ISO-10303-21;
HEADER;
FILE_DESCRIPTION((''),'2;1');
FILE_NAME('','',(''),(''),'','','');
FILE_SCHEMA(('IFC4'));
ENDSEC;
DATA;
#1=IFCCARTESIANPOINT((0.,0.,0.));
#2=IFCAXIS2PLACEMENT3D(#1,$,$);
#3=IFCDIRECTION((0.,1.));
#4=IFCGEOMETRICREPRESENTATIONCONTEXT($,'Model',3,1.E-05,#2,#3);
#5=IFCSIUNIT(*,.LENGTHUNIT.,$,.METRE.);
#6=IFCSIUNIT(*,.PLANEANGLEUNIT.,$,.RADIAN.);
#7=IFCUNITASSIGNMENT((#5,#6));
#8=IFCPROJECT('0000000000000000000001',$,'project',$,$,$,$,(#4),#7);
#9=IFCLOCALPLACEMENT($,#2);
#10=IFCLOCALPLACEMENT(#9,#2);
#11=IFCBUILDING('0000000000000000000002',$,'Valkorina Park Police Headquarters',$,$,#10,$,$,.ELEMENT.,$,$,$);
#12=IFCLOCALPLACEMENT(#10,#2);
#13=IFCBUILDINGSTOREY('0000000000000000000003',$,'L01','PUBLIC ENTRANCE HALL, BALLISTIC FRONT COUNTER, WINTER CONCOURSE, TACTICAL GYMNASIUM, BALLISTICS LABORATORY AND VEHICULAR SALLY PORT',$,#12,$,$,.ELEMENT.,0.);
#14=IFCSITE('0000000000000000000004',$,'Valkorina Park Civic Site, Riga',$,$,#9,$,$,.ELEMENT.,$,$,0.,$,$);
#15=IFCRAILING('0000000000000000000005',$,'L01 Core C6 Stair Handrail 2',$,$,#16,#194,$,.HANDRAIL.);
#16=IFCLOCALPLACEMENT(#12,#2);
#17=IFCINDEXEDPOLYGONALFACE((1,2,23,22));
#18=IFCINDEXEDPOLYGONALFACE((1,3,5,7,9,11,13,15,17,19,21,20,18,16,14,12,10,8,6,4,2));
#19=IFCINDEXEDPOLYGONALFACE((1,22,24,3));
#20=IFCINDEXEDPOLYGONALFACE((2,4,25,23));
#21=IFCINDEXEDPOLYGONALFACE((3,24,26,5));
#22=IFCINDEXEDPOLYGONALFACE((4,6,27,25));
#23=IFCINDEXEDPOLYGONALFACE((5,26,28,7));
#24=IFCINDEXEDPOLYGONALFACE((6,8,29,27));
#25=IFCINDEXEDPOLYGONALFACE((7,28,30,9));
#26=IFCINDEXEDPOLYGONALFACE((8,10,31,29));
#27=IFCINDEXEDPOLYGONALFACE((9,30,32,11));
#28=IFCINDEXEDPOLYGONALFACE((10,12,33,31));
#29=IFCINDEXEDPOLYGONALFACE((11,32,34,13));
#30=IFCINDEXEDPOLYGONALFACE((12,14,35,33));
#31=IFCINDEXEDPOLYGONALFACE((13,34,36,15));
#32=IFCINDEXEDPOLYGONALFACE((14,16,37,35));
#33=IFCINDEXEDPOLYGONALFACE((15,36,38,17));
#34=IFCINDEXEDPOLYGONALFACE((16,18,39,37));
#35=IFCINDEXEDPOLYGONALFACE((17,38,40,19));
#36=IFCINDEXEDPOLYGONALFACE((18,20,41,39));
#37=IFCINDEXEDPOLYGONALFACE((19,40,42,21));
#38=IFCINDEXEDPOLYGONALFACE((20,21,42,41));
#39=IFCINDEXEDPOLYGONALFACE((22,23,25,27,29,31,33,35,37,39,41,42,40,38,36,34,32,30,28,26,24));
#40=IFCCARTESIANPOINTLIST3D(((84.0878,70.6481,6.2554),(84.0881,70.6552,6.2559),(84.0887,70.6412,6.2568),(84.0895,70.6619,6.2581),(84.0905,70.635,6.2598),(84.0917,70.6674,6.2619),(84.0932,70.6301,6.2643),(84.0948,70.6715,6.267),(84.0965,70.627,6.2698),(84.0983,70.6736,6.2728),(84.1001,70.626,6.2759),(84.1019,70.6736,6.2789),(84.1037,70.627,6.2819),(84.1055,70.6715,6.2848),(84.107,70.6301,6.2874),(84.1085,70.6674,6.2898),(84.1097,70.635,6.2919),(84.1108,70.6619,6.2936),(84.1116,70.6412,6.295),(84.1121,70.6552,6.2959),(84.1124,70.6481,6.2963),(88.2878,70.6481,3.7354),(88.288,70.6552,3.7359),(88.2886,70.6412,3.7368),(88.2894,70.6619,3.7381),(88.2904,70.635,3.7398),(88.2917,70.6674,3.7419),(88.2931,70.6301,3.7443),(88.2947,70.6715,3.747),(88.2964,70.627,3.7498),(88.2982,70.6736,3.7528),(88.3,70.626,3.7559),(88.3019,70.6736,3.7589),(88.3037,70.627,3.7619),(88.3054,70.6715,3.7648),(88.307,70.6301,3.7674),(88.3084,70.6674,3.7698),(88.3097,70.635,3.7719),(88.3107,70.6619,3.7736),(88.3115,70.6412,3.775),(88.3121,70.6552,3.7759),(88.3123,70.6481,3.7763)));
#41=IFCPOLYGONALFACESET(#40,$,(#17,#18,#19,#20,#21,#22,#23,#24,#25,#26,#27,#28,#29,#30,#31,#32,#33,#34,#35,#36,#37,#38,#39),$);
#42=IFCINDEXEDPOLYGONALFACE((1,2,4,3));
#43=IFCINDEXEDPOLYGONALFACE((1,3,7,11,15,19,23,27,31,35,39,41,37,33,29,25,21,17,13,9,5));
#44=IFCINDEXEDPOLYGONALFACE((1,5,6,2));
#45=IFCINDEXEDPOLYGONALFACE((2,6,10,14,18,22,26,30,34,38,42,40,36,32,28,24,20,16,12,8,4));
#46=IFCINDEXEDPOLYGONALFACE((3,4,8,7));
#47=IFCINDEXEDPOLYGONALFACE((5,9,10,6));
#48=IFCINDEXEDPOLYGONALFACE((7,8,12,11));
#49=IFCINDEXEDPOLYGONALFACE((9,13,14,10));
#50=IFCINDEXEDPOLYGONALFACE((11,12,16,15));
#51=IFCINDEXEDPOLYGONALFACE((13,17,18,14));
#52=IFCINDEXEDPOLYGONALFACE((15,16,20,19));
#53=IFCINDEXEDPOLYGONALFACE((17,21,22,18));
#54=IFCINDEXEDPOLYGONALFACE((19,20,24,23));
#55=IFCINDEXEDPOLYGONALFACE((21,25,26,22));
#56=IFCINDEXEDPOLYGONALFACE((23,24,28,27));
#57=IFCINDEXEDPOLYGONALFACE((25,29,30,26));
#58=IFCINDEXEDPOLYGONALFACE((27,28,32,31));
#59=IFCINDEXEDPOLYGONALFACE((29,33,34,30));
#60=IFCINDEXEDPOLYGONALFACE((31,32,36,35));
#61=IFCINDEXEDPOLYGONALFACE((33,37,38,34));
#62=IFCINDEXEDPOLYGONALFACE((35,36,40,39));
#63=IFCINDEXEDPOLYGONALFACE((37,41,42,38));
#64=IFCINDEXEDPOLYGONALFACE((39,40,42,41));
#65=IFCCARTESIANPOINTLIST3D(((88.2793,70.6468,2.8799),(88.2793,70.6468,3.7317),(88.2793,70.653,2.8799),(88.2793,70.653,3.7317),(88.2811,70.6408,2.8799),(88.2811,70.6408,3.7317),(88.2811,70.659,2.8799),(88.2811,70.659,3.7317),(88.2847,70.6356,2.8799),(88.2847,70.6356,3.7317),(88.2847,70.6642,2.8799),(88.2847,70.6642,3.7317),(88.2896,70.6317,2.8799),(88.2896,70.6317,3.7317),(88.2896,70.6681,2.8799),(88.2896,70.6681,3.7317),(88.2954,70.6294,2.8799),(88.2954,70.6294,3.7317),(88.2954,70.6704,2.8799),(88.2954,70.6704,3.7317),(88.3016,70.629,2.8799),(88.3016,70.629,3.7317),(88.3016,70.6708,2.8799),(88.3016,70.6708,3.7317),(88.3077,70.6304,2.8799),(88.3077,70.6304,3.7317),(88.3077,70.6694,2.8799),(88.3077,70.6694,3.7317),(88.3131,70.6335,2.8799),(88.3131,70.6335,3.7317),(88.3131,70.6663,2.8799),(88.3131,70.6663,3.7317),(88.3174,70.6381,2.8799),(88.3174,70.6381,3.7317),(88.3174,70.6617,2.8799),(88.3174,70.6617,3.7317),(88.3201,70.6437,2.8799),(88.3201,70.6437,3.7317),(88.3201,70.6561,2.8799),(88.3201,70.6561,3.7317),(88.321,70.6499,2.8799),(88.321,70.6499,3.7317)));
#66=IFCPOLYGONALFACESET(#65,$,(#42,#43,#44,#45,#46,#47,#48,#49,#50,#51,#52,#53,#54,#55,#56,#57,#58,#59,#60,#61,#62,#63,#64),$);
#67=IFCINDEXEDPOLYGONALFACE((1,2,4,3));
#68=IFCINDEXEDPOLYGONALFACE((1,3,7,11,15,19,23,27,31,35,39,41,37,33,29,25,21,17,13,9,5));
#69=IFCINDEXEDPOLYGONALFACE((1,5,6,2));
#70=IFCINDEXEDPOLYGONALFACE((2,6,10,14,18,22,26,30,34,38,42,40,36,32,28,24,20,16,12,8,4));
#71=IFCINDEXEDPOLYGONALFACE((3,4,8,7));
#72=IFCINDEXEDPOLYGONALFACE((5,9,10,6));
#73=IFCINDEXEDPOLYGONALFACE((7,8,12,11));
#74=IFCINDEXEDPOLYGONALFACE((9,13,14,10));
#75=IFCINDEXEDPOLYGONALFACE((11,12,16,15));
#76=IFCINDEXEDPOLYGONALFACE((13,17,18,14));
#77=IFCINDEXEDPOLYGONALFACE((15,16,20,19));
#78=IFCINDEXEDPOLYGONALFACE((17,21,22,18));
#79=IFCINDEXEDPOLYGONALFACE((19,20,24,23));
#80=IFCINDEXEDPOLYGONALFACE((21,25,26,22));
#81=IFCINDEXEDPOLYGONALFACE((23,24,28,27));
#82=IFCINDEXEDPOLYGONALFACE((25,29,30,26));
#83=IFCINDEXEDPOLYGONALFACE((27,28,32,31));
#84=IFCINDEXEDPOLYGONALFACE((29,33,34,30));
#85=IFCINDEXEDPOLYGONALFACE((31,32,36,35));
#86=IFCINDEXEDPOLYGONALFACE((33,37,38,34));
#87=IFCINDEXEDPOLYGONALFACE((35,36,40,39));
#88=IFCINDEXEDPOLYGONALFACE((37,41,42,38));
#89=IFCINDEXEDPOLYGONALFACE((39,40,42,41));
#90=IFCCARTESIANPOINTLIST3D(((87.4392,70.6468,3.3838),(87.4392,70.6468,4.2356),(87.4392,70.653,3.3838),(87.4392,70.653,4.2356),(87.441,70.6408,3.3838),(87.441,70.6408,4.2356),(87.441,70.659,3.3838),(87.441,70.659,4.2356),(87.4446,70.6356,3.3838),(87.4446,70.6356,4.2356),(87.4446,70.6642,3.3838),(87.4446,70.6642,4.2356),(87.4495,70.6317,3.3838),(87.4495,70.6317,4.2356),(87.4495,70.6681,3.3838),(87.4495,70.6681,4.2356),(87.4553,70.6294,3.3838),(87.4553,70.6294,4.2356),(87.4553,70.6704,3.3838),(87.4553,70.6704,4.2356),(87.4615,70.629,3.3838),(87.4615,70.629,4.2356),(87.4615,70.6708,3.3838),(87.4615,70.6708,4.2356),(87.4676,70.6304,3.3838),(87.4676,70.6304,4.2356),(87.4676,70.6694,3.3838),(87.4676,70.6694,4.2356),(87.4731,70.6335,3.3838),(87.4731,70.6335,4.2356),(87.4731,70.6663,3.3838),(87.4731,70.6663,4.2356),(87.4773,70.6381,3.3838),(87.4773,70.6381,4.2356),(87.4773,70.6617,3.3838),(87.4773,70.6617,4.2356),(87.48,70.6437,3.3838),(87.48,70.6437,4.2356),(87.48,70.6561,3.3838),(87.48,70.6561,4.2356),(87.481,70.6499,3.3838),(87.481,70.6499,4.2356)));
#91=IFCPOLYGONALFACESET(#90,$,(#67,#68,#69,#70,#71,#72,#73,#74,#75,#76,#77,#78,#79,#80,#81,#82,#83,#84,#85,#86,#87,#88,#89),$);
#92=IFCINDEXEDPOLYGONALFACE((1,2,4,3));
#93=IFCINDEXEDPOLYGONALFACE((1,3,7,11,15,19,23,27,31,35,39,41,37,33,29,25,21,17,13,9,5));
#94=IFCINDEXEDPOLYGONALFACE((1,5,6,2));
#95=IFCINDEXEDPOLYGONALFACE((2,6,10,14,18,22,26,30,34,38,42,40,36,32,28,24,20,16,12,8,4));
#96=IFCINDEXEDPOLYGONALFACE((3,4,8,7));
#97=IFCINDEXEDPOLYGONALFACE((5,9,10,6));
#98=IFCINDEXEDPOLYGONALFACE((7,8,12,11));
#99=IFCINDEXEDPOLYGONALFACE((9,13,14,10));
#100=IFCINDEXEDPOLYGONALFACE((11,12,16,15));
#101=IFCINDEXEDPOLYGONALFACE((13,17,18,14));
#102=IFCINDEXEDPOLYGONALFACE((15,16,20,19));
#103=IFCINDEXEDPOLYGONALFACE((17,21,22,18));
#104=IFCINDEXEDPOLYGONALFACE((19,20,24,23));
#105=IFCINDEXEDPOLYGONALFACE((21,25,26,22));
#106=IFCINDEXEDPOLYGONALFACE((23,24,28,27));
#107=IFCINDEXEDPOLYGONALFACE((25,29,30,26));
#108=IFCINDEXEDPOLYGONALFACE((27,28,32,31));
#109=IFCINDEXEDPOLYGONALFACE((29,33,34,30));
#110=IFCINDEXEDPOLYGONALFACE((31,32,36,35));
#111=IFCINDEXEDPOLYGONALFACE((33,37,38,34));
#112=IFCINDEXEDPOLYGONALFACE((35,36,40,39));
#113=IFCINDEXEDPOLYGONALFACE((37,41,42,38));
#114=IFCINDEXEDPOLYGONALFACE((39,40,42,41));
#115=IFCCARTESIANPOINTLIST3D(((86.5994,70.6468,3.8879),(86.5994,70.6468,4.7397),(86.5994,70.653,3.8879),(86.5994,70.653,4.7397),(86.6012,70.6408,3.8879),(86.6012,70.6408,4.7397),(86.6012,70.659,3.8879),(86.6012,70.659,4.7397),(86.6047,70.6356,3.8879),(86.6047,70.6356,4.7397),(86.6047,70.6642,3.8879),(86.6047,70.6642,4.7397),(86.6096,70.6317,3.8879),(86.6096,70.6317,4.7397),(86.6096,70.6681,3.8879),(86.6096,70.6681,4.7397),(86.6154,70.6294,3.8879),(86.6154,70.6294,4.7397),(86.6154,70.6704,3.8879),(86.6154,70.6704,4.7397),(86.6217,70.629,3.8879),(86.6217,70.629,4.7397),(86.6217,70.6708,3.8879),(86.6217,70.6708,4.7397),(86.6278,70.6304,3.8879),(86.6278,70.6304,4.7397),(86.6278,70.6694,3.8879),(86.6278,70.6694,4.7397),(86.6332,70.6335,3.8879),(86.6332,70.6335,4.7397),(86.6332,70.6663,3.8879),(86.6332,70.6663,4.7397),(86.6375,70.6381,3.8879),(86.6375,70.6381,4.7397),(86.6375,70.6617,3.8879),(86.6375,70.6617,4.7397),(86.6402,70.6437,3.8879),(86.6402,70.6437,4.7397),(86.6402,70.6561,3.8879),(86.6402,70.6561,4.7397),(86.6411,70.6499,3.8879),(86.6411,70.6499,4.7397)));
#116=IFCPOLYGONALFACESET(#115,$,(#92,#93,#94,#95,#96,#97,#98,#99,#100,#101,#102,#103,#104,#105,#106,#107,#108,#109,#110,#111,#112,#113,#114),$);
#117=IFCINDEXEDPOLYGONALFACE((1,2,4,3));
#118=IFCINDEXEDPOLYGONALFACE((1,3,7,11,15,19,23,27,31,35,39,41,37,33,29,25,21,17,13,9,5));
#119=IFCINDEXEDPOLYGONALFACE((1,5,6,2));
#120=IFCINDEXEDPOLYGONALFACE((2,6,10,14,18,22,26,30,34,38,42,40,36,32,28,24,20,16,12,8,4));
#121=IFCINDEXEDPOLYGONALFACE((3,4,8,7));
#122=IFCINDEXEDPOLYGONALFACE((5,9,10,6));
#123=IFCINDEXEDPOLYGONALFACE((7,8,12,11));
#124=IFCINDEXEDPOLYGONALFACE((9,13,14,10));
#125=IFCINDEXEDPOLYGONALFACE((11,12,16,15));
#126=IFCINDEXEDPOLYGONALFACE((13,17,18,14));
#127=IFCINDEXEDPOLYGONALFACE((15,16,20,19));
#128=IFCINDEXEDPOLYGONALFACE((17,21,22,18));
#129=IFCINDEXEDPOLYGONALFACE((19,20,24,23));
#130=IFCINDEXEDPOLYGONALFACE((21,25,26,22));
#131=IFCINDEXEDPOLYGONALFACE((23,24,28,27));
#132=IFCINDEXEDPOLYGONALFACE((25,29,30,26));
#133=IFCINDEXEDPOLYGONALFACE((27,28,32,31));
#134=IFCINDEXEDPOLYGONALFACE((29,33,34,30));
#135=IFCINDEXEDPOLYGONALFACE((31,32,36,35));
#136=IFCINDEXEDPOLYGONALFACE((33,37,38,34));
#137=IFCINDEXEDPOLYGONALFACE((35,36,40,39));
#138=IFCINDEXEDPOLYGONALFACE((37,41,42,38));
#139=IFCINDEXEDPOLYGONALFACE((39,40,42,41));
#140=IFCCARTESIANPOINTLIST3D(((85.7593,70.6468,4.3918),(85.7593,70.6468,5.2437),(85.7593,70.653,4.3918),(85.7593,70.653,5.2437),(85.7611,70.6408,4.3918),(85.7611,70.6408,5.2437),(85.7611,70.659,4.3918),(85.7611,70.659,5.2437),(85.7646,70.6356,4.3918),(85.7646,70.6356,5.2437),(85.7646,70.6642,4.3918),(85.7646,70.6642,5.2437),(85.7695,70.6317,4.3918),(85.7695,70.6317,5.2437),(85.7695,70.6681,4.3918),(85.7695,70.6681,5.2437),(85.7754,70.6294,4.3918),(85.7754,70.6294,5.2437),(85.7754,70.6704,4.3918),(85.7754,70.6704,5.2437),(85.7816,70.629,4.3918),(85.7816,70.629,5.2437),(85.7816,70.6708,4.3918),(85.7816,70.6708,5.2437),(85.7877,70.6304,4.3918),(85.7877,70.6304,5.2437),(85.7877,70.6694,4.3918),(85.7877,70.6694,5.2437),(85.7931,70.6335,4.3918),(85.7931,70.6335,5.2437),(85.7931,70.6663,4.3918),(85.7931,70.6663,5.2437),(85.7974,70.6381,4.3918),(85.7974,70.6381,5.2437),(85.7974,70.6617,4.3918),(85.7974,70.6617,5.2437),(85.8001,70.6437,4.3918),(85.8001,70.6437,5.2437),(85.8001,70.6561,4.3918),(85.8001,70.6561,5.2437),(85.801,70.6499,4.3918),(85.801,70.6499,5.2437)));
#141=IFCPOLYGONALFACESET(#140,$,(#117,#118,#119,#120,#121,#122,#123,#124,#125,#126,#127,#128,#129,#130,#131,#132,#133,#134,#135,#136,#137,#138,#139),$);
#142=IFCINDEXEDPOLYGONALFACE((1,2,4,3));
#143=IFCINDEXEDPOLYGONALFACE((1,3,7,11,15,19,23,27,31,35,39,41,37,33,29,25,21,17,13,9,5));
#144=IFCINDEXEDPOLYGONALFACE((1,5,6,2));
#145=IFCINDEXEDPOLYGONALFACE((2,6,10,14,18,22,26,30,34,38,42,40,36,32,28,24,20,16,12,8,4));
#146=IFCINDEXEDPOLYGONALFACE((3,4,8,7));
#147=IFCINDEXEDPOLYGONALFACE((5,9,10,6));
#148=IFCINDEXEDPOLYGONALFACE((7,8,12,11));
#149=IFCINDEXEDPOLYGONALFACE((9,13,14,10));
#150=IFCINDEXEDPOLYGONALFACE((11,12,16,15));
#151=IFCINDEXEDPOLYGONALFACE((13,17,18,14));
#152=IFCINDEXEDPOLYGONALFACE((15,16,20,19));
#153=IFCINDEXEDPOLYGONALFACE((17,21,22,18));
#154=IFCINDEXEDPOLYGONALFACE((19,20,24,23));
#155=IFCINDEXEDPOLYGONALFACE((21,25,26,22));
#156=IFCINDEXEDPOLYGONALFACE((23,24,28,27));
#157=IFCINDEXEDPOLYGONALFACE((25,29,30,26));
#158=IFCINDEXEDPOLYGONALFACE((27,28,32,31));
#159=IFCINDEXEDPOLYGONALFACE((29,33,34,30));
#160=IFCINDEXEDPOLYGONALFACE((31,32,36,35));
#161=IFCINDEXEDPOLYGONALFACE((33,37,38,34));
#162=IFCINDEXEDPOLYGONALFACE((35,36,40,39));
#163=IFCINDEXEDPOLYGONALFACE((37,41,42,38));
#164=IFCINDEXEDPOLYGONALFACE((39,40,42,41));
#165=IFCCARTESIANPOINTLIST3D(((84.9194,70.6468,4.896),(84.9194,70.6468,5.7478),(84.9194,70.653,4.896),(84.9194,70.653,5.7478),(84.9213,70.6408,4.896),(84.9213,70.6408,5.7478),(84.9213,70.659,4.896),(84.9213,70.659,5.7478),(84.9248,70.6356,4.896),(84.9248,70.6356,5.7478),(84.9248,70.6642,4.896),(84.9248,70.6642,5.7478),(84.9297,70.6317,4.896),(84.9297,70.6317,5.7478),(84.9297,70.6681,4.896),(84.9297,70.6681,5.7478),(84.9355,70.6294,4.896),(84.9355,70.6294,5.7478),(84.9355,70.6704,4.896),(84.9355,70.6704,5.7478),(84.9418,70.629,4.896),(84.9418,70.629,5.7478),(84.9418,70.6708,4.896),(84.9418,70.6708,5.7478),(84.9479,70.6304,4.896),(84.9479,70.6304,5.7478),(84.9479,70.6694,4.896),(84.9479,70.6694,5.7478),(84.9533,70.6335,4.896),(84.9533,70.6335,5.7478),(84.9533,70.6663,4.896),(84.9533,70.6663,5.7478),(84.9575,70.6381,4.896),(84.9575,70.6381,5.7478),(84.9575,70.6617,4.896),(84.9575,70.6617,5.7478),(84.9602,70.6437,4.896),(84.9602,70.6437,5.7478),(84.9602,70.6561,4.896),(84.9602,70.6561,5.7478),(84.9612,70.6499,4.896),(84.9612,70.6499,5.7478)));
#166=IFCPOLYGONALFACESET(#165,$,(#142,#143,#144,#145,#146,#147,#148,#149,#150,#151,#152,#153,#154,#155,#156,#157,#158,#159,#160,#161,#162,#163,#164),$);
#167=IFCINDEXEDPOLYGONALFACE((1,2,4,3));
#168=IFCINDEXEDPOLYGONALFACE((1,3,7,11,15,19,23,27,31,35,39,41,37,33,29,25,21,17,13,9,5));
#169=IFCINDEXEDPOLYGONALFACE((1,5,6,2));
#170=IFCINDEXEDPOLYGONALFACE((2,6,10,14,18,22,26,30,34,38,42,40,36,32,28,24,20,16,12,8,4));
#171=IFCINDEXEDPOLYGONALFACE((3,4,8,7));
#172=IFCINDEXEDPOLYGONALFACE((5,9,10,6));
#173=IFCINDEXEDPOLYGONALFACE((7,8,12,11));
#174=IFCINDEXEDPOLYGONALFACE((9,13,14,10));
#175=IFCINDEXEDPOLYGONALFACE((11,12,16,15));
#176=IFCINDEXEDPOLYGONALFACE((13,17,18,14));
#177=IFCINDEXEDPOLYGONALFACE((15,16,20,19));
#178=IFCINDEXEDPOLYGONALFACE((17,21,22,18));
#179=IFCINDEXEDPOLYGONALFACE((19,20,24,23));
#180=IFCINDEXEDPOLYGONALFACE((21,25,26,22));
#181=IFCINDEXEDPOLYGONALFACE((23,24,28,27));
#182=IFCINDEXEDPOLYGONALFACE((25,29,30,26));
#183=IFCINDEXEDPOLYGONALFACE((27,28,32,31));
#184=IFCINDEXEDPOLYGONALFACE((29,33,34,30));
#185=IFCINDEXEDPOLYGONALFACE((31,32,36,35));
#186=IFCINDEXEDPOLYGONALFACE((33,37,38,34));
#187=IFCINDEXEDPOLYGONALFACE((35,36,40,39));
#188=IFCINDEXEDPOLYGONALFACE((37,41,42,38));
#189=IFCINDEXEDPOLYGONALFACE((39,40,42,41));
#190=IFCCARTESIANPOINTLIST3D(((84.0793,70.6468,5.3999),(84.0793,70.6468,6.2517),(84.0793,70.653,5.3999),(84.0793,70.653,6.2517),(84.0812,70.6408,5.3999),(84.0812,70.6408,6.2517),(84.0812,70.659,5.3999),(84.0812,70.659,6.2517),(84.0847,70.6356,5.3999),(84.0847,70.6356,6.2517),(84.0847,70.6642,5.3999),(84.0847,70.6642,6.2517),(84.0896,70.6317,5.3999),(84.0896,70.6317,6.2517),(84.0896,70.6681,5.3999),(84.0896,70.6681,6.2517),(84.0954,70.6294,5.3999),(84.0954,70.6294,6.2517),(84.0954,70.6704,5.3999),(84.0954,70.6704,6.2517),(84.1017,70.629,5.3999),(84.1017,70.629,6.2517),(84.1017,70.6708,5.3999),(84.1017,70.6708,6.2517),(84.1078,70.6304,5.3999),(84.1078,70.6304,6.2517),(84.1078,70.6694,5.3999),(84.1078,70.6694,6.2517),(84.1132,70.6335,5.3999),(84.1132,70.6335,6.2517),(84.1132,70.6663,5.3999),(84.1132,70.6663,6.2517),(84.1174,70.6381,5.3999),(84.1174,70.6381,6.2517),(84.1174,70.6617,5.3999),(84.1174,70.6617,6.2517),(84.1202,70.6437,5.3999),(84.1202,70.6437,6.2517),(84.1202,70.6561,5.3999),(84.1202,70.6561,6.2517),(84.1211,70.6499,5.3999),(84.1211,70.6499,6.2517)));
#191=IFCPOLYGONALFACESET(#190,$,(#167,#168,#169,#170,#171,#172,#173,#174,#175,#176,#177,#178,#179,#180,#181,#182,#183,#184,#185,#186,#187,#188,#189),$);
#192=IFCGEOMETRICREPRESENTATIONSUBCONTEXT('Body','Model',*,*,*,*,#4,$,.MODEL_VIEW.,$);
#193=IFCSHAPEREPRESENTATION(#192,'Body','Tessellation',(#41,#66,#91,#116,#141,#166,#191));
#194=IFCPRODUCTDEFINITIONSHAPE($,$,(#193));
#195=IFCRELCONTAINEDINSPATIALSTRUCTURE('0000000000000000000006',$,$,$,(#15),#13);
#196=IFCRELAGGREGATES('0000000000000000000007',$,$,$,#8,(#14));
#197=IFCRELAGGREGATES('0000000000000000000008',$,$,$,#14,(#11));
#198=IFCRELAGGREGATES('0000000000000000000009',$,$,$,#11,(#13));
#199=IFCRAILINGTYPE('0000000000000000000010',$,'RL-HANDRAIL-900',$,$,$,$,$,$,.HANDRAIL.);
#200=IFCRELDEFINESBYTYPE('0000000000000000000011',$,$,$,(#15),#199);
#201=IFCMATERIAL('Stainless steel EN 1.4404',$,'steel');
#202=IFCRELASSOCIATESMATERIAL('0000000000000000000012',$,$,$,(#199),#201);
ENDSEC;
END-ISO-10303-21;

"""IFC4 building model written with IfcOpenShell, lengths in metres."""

from ifc_helpers import new_model, si_unit, direction, frame, origin, origin_2d, place, context, subcontext, project, spatial, circle, extrude, material, type_object, element, save


model = new_model("IFC4")

# Units and contexts
model_context = context("Model", 3, precision=1e-05, world=origin(), true_north=direction((0.0, 1.0)))
body_context = subcontext(model_context, "Body", "Model", "MODEL_VIEW")
ifc_project = project(units=[si_unit("LENGTHUNIT", "METRE"), si_unit("PLANEANGLEUNIT", "RADIAN")], contexts=[model_context])

# Site, building, storey
site_placement = place(None, origin())
site = spatial("IfcSite", under=ifc_project, at=site_placement, Name="Valkorina Park Civic Site, Riga", CompositionType="ELEMENT", RefElevation=0.0)
building_placement = place(site_placement, origin())
building = spatial("IfcBuilding", under=site, at=building_placement, Name="Valkorina Park Police Headquarters", CompositionType="ELEMENT")
storey_placement = place(building_placement, origin())
storey = spatial("IfcBuildingStorey", under=building, at=storey_placement, Name="L01", Description="PUBLIC ENTRANCE HALL, BALLISTIC FRONT COUNTER, WINTER CONCOURSE, TACTICAL GYMNASIUM, BALLISTICS LABORATORY AND VEHICULAR SALLY PORT", CompositionType="ELEMENT", Elevation=0.0)

# Shared definitions
ifc_material_1 = material(Name="Stainless steel EN 1.4404", Category="steel")

# Railing
railing_type_1 = type_object("IfcRailingType", Name="RL-HANDRAIL-900", PredefinedType="HANDRAIL", material=ifc_material_1)
railing_1_placement = place(storey_placement, frame((88.3, 70.6499, 2.8799)))
element("IfcRailing", 1, at=railing_1_placement, inside=storey, type_object=railing_type_1, Name="L01 Core C6 Stair Handrail 2", PredefinedType="HANDRAIL", context=body_context, shape_type="SweptSolid", body=[
    extrude(circle(Radius=0.0239, at=origin_2d()), frame((0.0, 0.0, 0.876), z_axis=(-0.857489, 0.0, 0.514503), x_axis=(0.0, -1.0, 0.0)), (0.0, 0.0, 1.0), 4.8979),
    extrude(circle(Radius=0.021, at=origin_2d()), origin(), (0.0, 0.0, 1.0), 0.8518),
    extrude(circle(Radius=0.021, at=origin_2d()), frame((-0.8401, 0.0, 0.5039)), (0.0, 0.0, 1.0), 0.8518),
    extrude(circle(Radius=0.021, at=origin_2d()), frame((-1.6799, 0.0, 1.0081)), (0.0, 0.0, 1.0), 0.8518),
    extrude(circle(Radius=0.021, at=origin_2d()), frame((-2.52, 0.0, 1.512)), (0.0, 0.0, 1.0), 0.8518),
    extrude(circle(Radius=0.021, at=origin_2d()), frame((-3.3599, 0.0, 2.0161)), (0.0, 0.0, 1.0), 0.8518),
    extrude(circle(Radius=0.021, at=origin_2d()), frame((-4.2, 0.0, 2.52)), (0.0, 0.0, 1.0), 0.8518),
])

save(model, "model.ifc")
